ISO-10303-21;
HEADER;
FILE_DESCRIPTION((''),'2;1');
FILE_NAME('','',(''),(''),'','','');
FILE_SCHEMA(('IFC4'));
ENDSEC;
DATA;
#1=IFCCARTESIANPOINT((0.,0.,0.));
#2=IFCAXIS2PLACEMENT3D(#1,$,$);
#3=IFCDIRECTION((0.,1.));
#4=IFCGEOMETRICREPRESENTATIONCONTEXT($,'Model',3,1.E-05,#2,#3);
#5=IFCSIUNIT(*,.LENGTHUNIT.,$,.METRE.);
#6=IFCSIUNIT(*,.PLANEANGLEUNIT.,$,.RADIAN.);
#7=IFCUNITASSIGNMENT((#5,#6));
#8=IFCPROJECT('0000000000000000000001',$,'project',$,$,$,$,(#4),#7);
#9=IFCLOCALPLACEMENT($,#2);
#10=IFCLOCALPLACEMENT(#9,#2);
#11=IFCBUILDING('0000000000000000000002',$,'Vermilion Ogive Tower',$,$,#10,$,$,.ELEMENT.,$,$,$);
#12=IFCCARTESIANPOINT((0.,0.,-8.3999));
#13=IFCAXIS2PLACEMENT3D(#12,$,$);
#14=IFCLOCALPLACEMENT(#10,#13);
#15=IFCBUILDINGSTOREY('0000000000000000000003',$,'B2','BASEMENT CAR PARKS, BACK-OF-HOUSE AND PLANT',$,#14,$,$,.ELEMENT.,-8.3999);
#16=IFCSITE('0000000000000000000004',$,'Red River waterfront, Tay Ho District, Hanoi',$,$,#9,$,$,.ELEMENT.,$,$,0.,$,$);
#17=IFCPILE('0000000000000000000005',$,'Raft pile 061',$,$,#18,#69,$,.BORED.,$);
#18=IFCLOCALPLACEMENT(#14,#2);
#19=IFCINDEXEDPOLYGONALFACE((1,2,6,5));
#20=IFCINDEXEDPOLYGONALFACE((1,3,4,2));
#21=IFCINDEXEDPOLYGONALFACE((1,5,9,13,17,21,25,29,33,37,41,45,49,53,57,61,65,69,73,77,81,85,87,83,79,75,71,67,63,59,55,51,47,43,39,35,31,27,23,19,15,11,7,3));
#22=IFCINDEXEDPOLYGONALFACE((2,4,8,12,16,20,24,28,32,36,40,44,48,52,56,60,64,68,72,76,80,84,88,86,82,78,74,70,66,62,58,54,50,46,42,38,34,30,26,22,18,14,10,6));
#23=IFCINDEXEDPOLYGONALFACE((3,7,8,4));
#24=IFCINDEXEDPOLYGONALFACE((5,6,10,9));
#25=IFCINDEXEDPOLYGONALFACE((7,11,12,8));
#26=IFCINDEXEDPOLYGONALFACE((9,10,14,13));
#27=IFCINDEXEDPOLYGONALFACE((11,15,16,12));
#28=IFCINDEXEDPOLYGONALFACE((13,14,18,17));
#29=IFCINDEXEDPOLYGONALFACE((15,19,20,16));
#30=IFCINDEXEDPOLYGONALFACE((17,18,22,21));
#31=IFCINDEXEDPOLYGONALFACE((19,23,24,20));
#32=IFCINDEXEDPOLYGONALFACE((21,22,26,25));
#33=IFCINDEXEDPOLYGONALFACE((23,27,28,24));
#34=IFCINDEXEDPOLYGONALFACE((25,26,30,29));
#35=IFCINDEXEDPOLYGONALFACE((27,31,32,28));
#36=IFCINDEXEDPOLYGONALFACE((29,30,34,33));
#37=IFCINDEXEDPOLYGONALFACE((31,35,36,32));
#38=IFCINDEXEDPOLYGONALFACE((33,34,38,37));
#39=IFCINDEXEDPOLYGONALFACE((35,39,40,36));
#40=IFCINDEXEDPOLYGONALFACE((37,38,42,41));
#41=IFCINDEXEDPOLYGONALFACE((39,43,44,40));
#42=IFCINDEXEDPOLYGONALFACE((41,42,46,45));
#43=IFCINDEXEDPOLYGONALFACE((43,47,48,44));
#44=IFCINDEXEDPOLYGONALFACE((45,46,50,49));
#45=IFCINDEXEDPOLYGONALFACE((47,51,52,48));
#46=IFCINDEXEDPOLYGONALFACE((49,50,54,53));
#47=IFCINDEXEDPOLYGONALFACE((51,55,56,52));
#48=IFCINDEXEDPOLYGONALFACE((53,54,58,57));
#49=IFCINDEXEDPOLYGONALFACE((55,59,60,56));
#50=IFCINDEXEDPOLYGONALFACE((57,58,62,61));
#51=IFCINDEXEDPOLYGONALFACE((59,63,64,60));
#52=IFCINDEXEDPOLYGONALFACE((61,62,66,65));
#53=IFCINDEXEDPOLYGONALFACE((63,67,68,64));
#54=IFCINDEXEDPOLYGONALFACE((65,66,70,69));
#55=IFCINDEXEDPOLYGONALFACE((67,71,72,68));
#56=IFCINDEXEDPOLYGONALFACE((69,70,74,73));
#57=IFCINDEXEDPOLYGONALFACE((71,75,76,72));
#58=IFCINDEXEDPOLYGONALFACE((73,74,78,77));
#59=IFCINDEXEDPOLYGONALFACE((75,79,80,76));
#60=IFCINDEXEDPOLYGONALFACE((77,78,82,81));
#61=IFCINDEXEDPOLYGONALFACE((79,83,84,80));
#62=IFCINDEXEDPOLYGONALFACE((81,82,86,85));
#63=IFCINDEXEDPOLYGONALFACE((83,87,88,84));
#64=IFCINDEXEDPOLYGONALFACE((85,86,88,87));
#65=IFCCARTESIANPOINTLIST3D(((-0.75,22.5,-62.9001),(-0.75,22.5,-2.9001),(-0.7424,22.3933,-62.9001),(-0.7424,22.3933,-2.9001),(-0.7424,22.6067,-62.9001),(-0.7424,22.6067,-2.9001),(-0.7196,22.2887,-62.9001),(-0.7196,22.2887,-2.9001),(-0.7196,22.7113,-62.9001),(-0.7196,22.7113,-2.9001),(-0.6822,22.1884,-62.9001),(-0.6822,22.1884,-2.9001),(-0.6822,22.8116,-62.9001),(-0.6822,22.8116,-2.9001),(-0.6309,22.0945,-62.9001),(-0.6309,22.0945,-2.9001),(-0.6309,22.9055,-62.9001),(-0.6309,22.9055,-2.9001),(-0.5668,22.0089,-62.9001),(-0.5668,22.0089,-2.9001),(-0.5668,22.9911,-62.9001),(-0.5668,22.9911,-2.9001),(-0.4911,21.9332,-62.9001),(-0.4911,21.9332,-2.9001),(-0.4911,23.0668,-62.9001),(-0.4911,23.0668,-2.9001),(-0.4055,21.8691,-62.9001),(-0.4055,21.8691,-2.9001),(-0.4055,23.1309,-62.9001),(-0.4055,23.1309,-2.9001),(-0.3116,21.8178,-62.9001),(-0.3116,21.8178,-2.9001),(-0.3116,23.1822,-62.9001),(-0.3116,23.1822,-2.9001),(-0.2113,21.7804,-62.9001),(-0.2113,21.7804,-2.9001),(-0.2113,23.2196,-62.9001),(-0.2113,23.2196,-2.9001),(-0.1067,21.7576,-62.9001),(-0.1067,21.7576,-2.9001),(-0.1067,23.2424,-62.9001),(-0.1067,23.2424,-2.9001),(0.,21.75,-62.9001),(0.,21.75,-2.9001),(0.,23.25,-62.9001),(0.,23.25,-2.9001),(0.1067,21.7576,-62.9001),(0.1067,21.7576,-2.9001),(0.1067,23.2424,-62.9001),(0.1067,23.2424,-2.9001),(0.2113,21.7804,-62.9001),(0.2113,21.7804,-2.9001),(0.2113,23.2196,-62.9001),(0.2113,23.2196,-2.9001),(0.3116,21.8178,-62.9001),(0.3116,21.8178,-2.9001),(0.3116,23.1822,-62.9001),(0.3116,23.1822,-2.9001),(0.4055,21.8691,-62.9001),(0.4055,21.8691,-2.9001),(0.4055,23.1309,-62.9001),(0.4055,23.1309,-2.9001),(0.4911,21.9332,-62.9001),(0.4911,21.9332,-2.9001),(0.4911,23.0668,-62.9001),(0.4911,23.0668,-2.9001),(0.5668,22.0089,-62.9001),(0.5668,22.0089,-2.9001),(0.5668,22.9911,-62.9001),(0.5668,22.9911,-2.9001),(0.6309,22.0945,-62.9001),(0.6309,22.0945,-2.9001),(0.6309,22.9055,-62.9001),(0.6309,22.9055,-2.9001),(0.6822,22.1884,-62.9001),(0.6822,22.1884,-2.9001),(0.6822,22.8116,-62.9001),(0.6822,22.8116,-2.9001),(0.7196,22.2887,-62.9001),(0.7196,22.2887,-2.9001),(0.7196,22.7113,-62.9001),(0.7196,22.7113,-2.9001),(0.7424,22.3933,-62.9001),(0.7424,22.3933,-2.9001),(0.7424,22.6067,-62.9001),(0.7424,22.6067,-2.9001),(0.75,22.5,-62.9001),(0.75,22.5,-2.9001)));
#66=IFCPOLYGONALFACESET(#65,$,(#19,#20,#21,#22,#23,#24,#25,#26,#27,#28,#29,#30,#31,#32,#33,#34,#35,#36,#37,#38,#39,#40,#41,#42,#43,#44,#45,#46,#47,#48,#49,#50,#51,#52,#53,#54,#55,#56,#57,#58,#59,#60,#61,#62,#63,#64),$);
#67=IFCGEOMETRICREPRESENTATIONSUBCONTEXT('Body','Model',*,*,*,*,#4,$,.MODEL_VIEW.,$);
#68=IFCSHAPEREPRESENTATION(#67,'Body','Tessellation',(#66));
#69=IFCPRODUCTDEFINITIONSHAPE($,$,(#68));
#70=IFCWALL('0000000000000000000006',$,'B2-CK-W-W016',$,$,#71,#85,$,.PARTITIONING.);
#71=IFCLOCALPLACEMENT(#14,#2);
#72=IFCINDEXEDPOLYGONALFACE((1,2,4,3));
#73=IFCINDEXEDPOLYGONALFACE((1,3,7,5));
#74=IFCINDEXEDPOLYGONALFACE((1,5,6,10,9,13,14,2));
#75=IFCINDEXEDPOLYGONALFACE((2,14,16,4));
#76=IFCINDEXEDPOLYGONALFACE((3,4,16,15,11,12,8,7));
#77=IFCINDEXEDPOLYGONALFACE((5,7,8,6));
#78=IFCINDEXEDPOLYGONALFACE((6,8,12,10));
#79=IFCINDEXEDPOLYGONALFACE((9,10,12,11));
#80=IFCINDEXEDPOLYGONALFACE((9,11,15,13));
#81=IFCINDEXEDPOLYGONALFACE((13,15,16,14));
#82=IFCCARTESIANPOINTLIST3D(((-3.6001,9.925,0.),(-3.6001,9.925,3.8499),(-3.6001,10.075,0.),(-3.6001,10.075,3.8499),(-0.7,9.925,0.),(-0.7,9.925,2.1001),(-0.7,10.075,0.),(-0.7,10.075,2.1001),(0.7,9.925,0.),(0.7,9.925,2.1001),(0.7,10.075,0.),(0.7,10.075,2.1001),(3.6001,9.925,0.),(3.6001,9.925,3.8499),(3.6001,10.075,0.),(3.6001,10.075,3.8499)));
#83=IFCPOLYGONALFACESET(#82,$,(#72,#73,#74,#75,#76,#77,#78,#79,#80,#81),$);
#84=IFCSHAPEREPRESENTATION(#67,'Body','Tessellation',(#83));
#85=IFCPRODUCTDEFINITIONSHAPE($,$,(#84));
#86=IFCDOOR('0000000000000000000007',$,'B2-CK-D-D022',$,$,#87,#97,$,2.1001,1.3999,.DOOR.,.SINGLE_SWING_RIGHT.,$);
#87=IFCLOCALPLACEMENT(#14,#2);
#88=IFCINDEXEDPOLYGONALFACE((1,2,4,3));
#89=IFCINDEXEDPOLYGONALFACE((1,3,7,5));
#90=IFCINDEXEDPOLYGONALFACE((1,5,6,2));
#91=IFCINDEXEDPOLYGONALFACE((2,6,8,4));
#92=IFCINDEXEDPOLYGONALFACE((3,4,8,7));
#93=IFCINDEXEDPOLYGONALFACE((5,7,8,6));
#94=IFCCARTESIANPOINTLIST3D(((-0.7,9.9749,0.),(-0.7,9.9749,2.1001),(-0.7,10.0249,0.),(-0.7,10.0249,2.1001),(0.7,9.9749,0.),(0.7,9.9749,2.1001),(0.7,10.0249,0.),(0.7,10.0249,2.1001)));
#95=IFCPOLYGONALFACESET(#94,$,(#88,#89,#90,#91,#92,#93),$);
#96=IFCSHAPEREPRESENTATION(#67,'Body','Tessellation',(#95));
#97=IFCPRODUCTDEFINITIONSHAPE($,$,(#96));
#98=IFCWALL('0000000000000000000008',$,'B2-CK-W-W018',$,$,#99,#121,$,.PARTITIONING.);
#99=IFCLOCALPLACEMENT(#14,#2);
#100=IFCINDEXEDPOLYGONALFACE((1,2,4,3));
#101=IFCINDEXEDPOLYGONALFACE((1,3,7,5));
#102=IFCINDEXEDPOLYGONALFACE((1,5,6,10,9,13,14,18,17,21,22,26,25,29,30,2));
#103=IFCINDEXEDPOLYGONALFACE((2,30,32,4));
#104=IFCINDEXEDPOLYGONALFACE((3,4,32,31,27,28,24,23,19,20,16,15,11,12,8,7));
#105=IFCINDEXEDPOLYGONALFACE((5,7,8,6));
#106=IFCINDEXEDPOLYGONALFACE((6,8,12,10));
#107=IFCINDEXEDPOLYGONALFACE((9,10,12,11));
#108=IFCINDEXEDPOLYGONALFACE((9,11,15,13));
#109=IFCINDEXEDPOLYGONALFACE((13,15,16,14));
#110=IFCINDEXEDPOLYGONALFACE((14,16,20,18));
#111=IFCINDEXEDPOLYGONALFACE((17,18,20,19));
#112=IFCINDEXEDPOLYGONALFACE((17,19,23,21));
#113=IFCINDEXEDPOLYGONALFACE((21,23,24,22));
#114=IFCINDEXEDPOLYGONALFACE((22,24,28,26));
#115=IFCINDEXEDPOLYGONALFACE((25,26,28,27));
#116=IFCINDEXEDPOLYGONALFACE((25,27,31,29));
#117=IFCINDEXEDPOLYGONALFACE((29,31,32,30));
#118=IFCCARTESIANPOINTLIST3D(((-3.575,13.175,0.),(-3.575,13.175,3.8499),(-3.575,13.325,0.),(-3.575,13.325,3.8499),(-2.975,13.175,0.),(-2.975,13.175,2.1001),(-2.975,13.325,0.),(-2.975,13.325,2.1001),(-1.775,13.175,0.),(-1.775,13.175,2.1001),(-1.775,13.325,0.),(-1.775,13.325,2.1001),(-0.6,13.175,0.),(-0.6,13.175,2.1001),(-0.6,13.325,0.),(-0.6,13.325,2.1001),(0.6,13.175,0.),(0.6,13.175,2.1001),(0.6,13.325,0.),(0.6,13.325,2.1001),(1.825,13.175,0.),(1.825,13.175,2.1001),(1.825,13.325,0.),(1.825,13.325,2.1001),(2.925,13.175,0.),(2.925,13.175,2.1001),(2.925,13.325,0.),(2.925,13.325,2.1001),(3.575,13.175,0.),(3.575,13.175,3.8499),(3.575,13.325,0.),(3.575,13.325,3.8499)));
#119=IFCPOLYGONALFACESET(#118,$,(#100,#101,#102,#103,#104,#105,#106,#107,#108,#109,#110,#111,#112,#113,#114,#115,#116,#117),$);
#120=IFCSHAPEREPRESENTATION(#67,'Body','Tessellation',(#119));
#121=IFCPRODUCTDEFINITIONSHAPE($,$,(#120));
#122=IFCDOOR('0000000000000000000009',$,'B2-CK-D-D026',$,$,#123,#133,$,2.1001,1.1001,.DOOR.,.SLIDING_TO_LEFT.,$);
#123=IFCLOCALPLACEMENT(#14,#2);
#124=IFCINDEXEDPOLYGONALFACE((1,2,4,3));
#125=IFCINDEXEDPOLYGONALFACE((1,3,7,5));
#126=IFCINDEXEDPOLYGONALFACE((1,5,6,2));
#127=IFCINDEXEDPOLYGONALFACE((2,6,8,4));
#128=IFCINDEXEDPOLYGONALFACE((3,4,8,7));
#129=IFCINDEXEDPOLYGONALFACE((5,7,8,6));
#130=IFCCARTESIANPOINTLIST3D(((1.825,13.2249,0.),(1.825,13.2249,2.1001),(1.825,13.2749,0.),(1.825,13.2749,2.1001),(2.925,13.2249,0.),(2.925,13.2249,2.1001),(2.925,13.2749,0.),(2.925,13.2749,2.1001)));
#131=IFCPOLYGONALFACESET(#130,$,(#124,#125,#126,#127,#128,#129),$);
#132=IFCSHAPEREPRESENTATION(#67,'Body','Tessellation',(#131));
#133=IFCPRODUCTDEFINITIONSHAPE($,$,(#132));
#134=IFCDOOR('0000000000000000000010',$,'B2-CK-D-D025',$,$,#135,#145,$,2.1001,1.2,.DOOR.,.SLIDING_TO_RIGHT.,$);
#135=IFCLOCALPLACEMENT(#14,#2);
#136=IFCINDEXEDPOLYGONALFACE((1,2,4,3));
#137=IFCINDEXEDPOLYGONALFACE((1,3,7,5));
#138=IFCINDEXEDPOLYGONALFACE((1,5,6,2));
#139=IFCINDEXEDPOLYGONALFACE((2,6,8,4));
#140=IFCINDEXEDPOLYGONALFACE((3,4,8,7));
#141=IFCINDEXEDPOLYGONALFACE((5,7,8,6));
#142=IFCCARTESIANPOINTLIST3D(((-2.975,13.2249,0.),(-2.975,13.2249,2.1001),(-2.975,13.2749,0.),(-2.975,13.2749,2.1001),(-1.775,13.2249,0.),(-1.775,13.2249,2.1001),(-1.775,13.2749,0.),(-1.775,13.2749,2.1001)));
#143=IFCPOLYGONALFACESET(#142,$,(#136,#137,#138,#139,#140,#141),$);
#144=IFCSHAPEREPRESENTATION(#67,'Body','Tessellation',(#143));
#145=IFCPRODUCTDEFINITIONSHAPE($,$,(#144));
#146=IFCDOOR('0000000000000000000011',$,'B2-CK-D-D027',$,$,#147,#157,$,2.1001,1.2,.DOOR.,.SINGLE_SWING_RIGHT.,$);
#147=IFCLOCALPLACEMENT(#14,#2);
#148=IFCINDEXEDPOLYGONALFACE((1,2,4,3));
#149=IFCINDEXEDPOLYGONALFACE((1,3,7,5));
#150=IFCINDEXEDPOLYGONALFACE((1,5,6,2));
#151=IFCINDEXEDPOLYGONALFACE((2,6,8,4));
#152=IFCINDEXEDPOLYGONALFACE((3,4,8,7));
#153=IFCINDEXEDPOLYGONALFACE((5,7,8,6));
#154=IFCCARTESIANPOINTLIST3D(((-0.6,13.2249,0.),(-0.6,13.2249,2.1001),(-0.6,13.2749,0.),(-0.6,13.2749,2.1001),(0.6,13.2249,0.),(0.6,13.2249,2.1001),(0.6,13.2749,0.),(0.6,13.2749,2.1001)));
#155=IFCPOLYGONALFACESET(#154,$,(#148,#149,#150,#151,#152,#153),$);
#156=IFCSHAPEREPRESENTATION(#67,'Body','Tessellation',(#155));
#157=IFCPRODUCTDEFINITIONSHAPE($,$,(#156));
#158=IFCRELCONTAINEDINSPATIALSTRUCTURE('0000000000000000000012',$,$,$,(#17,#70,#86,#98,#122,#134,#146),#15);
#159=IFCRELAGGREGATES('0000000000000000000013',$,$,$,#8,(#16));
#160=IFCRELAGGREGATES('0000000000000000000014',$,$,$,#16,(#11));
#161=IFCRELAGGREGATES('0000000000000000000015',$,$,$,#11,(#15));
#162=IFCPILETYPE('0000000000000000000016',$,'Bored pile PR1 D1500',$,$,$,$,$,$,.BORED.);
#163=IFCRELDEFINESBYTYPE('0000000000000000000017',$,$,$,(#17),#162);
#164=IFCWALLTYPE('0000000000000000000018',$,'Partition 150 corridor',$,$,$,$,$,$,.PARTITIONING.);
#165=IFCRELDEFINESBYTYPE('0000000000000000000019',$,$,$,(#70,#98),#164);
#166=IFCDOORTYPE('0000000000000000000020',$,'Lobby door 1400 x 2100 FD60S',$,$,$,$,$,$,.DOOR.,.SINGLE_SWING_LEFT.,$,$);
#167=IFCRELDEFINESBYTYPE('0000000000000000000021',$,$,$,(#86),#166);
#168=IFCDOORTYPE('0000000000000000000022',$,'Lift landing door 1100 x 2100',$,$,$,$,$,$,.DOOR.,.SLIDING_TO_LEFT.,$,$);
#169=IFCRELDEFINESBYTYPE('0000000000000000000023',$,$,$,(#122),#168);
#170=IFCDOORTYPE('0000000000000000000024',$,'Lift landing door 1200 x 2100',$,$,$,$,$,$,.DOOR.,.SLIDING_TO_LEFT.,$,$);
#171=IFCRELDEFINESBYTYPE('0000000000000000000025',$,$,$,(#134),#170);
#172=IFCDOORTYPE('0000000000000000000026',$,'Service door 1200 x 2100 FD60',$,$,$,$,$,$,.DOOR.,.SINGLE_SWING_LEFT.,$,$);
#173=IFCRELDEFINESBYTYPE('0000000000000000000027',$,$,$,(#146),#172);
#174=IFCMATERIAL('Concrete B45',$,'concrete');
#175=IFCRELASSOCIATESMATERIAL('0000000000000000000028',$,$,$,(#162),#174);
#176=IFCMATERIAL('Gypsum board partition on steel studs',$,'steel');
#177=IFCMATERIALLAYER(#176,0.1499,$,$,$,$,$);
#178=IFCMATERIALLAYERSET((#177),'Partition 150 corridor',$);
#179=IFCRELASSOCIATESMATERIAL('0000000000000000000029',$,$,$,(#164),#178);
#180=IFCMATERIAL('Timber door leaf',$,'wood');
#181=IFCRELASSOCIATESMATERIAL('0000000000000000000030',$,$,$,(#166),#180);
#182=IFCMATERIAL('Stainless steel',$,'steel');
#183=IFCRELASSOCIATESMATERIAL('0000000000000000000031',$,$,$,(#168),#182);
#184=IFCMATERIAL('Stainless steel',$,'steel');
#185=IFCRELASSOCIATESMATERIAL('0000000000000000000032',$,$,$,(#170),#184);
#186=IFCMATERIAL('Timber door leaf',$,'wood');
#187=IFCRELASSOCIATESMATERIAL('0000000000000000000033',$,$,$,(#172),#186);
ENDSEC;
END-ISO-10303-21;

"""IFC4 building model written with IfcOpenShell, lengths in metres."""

from ifc_helpers import new_model, si_unit, direction, frame, frame_2d, origin, origin_2d, place, context, subcontext, project, spatial, rectangle, circle, extrude, material, layer, layer_set, type_object, element, fill, save


model = new_model("IFC4")

# Units and contexts
model_context = context("Model", 3, precision=1e-05, world=origin(), true_north=direction((0.0, 1.0)))
body_context = subcontext(model_context, "Body", "Model", "MODEL_VIEW")
ifc_project = project(units=[si_unit("LENGTHUNIT", "METRE"), si_unit("PLANEANGLEUNIT", "RADIAN")], contexts=[model_context])

# Site, building, storey
site_placement = place(None, origin())
site = spatial("IfcSite", under=ifc_project, at=site_placement, Name="Red River waterfront, Tay Ho District, Hanoi", CompositionType="ELEMENT", RefElevation=0.0)
building_placement = place(site_placement, origin())
building = spatial("IfcBuilding", under=site, at=building_placement, Name="Vermilion Ogive Tower", CompositionType="ELEMENT")
storey_placement = place(building_placement, frame((0.0, 0.0, -8.3999)))
storey = spatial("IfcBuildingStorey", under=building, at=storey_placement, Name="B2", Description="BASEMENT CAR PARKS, BACK-OF-HOUSE AND PLANT", CompositionType="ELEMENT", Elevation=-8.3999)

# Pile
ifc_material_1 = material(Name="Concrete B45", Category="concrete")
pile_type_1 = type_object("IfcPileType", Name="Bored pile PR1 D1500", PredefinedType="BORED", material=ifc_material_1)
for number, where, z_axis, x_axis, name in (
    (1, (0.0, 22.5, -2.9001), (0.0, 0.0, -1.0), (1.0, 0.0, 0.0), "Raft pile 061"),
):
    element("IfcPile", number, at=place(storey_placement, frame(where, z_axis=z_axis, x_axis=x_axis)), inside=storey, type_object=pile_type_1, Name=name, PredefinedType="BORED", context=body_context, shape_type="SweptSolid", body=[
        extrude(circle(Radius=0.75, at=origin_2d()), origin(), (0.0, 0.0, 1.0), 60.0),
    ])

# Wall, opening, door
ifc_material_2 = material(Name="Gypsum board partition on steel studs", Category="steel")
ifc_layer_1 = layer(ifc_material_2, 0.1499)
ifc_layer_set_1 = layer_set([ifc_layer_1], Name="Partition 150 corridor")
wall_type_1 = type_object("IfcWallType", Name="Partition 150 corridor", PredefinedType="PARTITIONING", material=ifc_layer_set_1)
wall_1_placement = place(storey_placement, frame((-3.6001, 10.0, 0.0), z_axis=(0.0, 0.0, 1.0), x_axis=(1.0, 0.0, 0.0)))
wall_1 = element("IfcWall", 2, at=wall_1_placement, inside=storey, type_object=wall_type_1, Name="B2-CK-W-W016", PredefinedType="PARTITIONING", context=body_context, shape_type="SweptSolid", body=[
    extrude(rectangle(XDim=7.2002, YDim=0.1499, at=frame_2d((3.6001, 0.0))), origin(), (0.0, 0.0, 1.0), 3.8499),
])
opening_1_placement = place(wall_1_placement, frame((2.9001, 0.0, 0.0)))
opening_1 = element("IfcOpeningElement", 3, at=opening_1_placement, cuts=wall_1, PredefinedType="OPENING", context=body_context, shape_type="SweptSolid", body=[
    extrude(rectangle(XDim=1.3999, YDim=2.1001, at=frame_2d((0.7, 1.05))), frame((0.0, 0.085, 0.0), z_axis=(0.0, -1.0, 0.0), x_axis=(1.0, 0.0, 0.0)), (0.0, 0.0, 1.0), 0.1699),
])
ifc_material_3 = material(Name="Timber door leaf", Category="wood")
door_type_1 = type_object("IfcDoorType", Name="Lobby door 1400 x 2100 FD60S", OperationType="SINGLE_SWING_LEFT", PredefinedType="DOOR", material=ifc_material_3)
door_1_placement = place(opening_1_placement, origin())
door_1 = element("IfcDoor", 4, at=door_1_placement, inside=storey, type_object=door_type_1, Name="B2-CK-D-D022", OperationType="SINGLE_SWING_RIGHT", OverallHeight=2.1001, OverallWidth=1.3999, PredefinedType="DOOR", context=body_context, shape_type="SweptSolid", body=[
    extrude(rectangle(XDim=1.3999, YDim=2.1001, at=frame_2d((0.7, 1.05))), frame((0.0, 0.0249, 0.0), z_axis=(0.0, -1.0, 0.0), x_axis=(1.0, 0.0, 0.0)), (0.0, 0.0, 1.0), 0.05),
])
fill(opening_1, door_1)

# Wall, openings, doors
wall_2_placement = place(storey_placement, frame((-3.575, 13.25, 0.0), z_axis=(0.0, 0.0, 1.0), x_axis=(1.0, 0.0, 0.0)))
wall_2 = element("IfcWall", 5, at=wall_2_placement, inside=storey, type_object=wall_type_1, Name="B2-CK-W-W018", PredefinedType="PARTITIONING", context=body_context, shape_type="SweptSolid", body=[
    extrude(rectangle(XDim=7.1499, YDim=0.1499, at=frame_2d((3.575, 0.0))), origin(), (0.0, 0.0, 1.0), 3.8499),
])
opening_2_placement = place(wall_2_placement, frame((0.5999, 0.0, 0.0)))
opening_2 = element("IfcOpeningElement", 6, at=opening_2_placement, cuts=wall_2, PredefinedType="OPENING", context=body_context, shape_type="SweptSolid", body=[
    extrude(rectangle(XDim=1.2, YDim=2.1001, at=frame_2d((0.6001, 1.05))), frame((0.0, 0.085, 0.0), z_axis=(0.0, -1.0, 0.0), x_axis=(1.0, 0.0, 0.0)), (0.0, 0.0, 1.0), 0.1699),
])
opening_3_placement = place(wall_2_placement, frame((5.3999, 0.0, 0.0)))
opening_3 = element("IfcOpeningElement", 7, at=opening_3_placement, cuts=wall_2, PredefinedType="OPENING", context=body_context, shape_type="SweptSolid", body=[
    extrude(rectangle(XDim=1.1001, YDim=2.1001, at=frame_2d((0.55, 1.05))), frame((0.0, 0.085, 0.0), z_axis=(0.0, -1.0, 0.0), x_axis=(1.0, 0.0, 0.0)), (0.0, 0.0, 1.0), 0.1699),
])
opening_4_placement = place(wall_2_placement, frame((2.9749, 0.0, 0.0)))
opening_4 = element("IfcOpeningElement", 8, at=opening_4_placement, cuts=wall_2, PredefinedType="OPENING", context=body_context, shape_type="SweptSolid", body=[
    extrude(rectangle(XDim=1.2, YDim=2.1001, at=frame_2d((0.6001, 1.05))), frame((0.0, 0.085, 0.0), z_axis=(0.0, -1.0, 0.0), x_axis=(1.0, 0.0, 0.0)), (0.0, 0.0, 1.0), 0.1699),
])
ifc_material_4 = material(Name="Stainless steel", Category="steel")
door_type_2 = type_object("IfcDoorType", Name="Lift landing door 1100 x 2100", OperationType="SLIDING_TO_LEFT", PredefinedType="DOOR", material=ifc_material_4)
door_2_placement = place(opening_3_placement, origin())
door_2 = element("IfcDoor", 9, at=door_2_placement, inside=storey, type_object=door_type_2, Name="B2-CK-D-D026", OperationType="SLIDING_TO_LEFT", OverallHeight=2.1001, OverallWidth=1.1001, PredefinedType="DOOR", context=body_context, shape_type="SweptSolid", body=[
    extrude(rectangle(XDim=1.1001, YDim=2.1001, at=frame_2d((0.55, 1.05))), frame((0.0, 0.0249, 0.0), z_axis=(0.0, -1.0, 0.0), x_axis=(1.0, 0.0, 0.0)), (0.0, 0.0, 1.0), 0.05),
])
fill(opening_3, door_2)
ifc_material_5 = material(Name="Stainless steel", Category="steel")
door_type_3 = type_object("IfcDoorType", Name="Lift landing door 1200 x 2100", OperationType="SLIDING_TO_LEFT", PredefinedType="DOOR", material=ifc_material_5)
door_3_placement = place(opening_2_placement, origin())
door_3 = element("IfcDoor", 10, at=door_3_placement, inside=storey, type_object=door_type_3, Name="B2-CK-D-D025", OperationType="SLIDING_TO_RIGHT", OverallHeight=2.1001, OverallWidth=1.2, PredefinedType="DOOR", context=body_context, shape_type="SweptSolid", body=[
    extrude(rectangle(XDim=1.2, YDim=2.1001, at=frame_2d((0.6001, 1.05))), frame((0.0, 0.0249, 0.0), z_axis=(0.0, -1.0, 0.0), x_axis=(1.0, 0.0, 0.0)), (0.0, 0.0, 1.0), 0.05),
])
fill(opening_2, door_3)
ifc_material_6 = material(Name="Timber door leaf", Category="wood")
door_type_4 = type_object("IfcDoorType", Name="Service door 1200 x 2100 FD60", OperationType="SINGLE_SWING_LEFT", PredefinedType="DOOR", material=ifc_material_6)
door_4_placement = place(opening_4_placement, origin())
door_4 = element("IfcDoor", 11, at=door_4_placement, inside=storey, type_object=door_type_4, Name="B2-CK-D-D027", OperationType="SINGLE_SWING_RIGHT", OverallHeight=2.1001, OverallWidth=1.2, PredefinedType="DOOR", context=body_context, shape_type="SweptSolid", body=[
    extrude(rectangle(XDim=1.2, YDim=2.1001, at=frame_2d((0.6001, 1.05))), frame((0.0, 0.0249, 0.0), z_axis=(0.0, -1.0, 0.0), x_axis=(1.0, 0.0, 0.0)), (0.0, 0.0, 1.0), 0.05),
])
fill(opening_4, door_4)

save(model, "model.ifc")
